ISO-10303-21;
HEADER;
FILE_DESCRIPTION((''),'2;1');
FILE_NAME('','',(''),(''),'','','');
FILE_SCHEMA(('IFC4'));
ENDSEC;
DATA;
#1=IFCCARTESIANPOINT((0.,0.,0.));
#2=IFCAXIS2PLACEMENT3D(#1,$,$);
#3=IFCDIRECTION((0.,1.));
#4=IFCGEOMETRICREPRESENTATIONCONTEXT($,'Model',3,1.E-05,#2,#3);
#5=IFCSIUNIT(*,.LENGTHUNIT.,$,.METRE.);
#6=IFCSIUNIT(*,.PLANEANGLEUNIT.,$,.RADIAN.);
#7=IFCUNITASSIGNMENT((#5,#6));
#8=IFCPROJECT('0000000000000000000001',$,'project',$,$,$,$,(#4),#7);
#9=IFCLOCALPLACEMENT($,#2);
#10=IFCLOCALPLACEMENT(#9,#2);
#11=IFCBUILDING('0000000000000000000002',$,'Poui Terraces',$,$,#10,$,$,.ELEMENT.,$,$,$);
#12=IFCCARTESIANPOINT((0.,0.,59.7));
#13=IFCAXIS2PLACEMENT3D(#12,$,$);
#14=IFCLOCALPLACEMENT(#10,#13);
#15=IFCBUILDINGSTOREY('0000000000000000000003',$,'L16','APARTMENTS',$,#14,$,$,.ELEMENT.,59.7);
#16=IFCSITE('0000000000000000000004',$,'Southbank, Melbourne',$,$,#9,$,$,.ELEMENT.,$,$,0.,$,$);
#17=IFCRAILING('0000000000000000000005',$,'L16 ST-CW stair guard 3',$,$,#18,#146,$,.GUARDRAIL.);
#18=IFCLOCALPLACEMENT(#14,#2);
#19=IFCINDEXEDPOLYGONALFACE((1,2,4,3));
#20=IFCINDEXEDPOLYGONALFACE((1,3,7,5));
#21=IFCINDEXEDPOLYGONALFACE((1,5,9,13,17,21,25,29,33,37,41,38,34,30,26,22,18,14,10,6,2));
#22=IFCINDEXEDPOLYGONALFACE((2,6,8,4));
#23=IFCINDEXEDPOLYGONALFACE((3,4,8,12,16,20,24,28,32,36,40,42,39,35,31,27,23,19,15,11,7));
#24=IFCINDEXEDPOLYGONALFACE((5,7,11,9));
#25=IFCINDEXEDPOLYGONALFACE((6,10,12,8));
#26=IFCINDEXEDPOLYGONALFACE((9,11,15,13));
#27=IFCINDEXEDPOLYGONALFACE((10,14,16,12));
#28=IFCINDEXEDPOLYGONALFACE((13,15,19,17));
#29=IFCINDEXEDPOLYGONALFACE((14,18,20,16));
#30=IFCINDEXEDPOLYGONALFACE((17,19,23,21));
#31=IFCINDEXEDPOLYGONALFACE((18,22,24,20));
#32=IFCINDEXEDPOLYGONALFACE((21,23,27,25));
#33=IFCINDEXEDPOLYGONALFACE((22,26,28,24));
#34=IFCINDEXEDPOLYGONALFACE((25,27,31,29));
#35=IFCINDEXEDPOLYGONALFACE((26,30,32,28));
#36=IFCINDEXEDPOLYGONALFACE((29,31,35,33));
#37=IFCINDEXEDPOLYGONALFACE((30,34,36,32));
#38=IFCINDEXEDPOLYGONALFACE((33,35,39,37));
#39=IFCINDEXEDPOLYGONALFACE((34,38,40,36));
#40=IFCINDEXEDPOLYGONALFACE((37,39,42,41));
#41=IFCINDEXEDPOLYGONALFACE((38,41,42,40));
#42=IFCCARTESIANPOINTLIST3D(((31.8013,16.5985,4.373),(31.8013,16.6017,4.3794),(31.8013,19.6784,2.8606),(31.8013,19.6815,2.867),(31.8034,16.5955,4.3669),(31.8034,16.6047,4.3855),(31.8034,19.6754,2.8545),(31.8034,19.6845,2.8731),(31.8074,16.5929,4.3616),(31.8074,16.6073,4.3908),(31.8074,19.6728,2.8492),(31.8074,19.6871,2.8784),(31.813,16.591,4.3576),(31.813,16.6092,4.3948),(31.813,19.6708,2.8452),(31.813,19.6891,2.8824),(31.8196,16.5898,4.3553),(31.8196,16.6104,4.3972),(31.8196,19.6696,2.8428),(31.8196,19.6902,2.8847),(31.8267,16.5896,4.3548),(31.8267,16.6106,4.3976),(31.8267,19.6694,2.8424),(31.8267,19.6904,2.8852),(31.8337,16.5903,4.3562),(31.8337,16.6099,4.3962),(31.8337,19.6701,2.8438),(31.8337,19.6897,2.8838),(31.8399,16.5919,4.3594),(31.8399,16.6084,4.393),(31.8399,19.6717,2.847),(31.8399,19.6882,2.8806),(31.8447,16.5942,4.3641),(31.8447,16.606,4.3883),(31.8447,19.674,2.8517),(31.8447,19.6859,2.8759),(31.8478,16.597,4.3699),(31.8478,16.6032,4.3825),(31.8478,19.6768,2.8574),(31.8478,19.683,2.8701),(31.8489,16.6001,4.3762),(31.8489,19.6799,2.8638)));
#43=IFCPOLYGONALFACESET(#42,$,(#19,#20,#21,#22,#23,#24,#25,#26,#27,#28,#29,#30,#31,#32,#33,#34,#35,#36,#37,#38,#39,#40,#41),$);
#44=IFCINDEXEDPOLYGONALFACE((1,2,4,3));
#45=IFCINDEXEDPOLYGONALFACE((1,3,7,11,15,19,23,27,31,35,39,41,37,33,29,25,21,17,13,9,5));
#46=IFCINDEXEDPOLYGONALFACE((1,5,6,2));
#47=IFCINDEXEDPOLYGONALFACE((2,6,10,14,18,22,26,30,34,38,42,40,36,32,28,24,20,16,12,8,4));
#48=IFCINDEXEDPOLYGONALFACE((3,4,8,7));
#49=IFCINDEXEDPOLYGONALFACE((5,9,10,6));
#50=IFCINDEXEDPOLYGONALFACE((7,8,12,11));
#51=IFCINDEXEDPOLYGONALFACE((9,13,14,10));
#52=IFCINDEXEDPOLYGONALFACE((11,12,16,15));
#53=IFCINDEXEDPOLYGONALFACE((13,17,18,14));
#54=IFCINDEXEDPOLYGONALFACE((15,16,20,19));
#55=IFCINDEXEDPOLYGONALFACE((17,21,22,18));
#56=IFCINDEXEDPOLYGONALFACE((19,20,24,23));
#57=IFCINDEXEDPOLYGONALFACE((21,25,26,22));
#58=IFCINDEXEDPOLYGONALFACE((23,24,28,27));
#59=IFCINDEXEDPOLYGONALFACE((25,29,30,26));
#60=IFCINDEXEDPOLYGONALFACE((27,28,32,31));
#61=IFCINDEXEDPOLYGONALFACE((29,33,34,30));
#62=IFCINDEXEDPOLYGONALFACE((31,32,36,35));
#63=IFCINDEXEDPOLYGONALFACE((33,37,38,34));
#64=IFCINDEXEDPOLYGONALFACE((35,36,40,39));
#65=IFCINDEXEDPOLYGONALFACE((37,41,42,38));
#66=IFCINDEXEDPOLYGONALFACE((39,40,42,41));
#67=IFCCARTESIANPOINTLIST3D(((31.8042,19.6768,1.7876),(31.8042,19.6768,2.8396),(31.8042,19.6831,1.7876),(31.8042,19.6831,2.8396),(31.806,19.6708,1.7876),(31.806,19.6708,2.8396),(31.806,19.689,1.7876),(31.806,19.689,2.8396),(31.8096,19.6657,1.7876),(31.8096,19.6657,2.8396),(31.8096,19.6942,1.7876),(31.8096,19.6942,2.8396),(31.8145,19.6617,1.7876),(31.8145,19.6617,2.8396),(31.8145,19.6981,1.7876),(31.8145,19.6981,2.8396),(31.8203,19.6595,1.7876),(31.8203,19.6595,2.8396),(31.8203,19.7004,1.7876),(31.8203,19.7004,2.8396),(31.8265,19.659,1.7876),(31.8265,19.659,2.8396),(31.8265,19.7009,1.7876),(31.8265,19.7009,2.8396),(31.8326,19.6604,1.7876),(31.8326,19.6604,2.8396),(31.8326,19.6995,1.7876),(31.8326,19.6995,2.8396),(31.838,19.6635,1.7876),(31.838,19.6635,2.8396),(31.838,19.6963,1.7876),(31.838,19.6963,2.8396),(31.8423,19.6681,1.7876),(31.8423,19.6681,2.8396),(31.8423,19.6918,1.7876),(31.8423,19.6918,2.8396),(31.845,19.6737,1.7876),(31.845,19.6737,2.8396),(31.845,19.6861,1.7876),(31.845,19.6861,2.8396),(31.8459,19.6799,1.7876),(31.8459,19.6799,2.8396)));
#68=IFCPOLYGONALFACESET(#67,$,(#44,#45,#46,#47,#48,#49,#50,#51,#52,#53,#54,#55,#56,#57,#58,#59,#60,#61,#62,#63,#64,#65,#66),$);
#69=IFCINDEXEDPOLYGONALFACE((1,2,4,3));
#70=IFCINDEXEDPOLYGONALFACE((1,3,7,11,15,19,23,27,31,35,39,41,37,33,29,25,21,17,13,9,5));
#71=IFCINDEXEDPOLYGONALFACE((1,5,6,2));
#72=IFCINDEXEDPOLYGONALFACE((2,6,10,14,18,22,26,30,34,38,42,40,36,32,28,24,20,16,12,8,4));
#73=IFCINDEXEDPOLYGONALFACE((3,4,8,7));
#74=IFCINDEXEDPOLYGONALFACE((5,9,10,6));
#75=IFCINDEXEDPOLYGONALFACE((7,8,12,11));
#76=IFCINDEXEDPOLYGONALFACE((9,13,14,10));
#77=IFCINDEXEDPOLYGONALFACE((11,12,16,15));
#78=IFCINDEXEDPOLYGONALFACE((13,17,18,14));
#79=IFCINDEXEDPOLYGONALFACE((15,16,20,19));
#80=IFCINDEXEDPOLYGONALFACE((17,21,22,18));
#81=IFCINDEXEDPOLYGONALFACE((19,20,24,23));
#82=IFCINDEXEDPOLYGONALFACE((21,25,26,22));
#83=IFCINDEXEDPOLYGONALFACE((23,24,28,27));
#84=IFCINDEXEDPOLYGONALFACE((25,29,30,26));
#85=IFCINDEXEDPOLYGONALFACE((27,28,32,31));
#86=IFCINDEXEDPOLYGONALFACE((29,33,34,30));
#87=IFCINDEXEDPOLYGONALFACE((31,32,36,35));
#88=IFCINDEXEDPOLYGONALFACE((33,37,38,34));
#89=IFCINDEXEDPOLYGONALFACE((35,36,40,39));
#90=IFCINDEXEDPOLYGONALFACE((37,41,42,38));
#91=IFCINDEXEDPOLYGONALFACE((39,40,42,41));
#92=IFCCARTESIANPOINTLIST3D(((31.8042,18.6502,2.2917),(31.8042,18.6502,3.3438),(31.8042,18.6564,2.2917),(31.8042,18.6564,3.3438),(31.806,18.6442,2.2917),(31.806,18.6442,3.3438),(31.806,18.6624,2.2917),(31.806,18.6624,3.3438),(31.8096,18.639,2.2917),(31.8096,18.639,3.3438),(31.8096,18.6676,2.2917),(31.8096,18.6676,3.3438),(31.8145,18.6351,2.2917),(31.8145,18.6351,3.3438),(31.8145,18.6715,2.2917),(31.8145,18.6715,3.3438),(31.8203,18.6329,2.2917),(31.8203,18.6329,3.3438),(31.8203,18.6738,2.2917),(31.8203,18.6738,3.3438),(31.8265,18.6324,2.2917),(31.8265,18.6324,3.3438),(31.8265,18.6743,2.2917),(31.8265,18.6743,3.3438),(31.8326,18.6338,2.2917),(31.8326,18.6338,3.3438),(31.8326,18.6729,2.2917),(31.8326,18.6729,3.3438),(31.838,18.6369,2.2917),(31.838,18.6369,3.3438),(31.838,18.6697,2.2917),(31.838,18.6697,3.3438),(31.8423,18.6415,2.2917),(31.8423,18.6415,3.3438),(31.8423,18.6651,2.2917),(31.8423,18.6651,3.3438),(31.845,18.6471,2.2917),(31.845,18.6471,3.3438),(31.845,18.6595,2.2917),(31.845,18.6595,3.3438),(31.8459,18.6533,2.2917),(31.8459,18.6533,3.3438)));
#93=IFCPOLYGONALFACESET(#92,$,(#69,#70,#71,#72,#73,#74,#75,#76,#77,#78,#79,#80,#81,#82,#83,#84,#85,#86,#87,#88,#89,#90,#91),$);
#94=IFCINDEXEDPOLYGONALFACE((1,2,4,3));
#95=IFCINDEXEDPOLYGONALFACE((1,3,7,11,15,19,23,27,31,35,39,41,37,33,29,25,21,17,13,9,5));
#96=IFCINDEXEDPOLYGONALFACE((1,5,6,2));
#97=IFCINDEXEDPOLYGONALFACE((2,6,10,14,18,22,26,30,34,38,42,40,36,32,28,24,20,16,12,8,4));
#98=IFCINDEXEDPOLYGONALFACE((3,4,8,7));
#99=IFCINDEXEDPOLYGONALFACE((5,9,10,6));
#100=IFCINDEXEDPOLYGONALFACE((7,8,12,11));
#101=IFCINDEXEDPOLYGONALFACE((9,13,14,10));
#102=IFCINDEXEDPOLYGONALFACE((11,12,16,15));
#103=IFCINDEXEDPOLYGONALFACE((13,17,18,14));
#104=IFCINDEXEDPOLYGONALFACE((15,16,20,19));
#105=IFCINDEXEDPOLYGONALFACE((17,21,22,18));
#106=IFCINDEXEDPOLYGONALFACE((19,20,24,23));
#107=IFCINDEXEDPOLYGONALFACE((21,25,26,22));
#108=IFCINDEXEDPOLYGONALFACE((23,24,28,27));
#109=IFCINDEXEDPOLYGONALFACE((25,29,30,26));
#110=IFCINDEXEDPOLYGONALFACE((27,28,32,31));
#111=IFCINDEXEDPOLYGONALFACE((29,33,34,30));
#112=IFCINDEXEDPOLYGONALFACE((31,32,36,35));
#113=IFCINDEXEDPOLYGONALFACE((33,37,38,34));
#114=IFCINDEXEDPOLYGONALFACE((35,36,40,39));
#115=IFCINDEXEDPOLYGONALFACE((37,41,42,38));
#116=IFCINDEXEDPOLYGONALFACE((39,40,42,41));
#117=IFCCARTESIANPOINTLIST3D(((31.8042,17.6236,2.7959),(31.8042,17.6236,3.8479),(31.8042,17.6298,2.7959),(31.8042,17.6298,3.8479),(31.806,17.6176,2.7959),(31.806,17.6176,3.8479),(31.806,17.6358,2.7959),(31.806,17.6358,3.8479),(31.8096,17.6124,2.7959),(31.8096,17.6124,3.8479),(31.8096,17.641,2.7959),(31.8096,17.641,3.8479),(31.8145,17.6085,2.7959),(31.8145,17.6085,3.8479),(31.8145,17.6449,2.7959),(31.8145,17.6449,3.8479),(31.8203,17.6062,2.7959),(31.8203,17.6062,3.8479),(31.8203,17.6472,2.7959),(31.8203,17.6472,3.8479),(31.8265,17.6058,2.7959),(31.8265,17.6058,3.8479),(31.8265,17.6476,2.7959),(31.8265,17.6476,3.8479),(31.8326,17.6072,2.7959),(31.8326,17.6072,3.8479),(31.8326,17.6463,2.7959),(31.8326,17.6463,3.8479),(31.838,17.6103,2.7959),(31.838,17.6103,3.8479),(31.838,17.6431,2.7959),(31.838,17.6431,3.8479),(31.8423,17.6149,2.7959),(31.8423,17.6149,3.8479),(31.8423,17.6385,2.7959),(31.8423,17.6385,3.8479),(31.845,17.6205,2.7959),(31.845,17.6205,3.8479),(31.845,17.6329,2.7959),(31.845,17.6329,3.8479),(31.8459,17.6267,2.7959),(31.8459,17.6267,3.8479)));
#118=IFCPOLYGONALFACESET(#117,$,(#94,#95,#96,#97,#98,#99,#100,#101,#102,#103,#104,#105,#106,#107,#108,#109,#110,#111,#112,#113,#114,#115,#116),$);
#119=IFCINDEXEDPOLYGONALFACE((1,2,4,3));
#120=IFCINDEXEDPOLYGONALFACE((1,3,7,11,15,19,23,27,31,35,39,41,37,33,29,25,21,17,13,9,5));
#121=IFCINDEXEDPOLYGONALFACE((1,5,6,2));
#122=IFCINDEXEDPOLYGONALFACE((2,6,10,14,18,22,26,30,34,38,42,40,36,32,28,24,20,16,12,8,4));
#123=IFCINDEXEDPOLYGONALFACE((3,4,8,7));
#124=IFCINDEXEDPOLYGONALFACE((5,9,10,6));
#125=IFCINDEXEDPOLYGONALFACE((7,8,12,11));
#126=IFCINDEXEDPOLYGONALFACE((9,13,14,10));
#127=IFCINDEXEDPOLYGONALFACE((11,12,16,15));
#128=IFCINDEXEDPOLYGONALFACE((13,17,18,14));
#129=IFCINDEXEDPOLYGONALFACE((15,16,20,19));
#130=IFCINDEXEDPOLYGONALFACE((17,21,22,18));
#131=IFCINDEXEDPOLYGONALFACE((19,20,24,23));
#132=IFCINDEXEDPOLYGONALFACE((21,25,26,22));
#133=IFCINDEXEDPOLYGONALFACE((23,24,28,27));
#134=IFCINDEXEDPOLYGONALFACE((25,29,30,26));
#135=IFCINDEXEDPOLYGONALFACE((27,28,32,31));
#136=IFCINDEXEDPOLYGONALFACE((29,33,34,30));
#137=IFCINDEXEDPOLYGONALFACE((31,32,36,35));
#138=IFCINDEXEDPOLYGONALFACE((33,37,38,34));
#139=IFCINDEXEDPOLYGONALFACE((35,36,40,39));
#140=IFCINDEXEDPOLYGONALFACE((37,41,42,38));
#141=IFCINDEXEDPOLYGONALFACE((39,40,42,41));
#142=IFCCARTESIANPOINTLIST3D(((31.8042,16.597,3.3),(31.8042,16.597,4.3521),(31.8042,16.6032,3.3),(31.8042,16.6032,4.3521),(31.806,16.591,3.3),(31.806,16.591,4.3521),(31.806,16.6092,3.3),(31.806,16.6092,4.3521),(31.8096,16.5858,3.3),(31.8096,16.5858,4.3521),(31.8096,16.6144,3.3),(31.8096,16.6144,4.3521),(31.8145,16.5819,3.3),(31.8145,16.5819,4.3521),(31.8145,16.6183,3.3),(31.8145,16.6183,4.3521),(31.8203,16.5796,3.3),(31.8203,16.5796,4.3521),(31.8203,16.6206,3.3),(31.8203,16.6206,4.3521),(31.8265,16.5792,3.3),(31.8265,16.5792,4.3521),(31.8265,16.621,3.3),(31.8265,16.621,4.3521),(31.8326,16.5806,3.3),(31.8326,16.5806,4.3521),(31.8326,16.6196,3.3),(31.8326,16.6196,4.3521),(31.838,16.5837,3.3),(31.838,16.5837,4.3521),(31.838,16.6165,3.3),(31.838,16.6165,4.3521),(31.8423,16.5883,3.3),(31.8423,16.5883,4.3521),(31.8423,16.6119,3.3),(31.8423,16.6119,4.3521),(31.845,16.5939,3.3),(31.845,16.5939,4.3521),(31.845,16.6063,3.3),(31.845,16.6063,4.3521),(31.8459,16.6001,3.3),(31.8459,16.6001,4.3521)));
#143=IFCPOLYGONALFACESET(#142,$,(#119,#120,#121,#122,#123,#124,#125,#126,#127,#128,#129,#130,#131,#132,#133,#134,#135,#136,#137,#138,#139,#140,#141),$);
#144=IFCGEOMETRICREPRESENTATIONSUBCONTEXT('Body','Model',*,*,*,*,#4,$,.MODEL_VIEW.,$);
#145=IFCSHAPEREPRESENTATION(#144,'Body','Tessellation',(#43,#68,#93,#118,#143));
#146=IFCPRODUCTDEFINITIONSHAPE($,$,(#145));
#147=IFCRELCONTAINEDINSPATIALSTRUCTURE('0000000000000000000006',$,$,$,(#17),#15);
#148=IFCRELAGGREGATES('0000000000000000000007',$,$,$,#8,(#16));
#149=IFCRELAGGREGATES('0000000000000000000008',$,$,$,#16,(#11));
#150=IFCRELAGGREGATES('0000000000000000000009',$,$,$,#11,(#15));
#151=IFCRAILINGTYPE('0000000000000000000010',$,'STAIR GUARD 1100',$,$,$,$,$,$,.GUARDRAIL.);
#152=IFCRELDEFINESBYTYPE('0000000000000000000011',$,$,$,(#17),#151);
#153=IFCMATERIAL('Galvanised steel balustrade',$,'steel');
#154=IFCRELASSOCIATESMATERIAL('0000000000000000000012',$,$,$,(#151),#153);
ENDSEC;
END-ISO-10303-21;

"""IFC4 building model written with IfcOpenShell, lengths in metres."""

from ifc_helpers import new_model, si_unit, direction, frame, origin, origin_2d, place, context, subcontext, project, spatial, circle, extrude, material, type_object, element, save


model = new_model("IFC4")

# Units and contexts
model_context = context("Model", 3, precision=1e-05, world=origin(), true_north=direction((0.0, 1.0)))
body_context = subcontext(model_context, "Body", "Model", "MODEL_VIEW")
ifc_project = project(units=[si_unit("LENGTHUNIT", "METRE"), si_unit("PLANEANGLEUNIT", "RADIAN")], contexts=[model_context])

# Site, building, storey
site_placement = place(None, origin())
site = spatial("IfcSite", under=ifc_project, at=site_placement, Name="Southbank, Melbourne", CompositionType="ELEMENT", RefElevation=0.0)
building_placement = place(site_placement, origin())
building = spatial("IfcBuilding", under=site, at=building_placement, Name="Poui Terraces", CompositionType="ELEMENT")
storey_placement = place(building_placement, frame((0.0, 0.0, 59.7)))
storey = spatial("IfcBuildingStorey", under=building, at=storey_placement, Name="L16", Description="APARTMENTS", CompositionType="ELEMENT", Elevation=59.7)

# Railing
ifc_material_1 = material(Name="Galvanised steel balustrade", Category="steel")
railing_type_1 = type_object("IfcRailingType", Name="STAIR GUARD 1100", PredefinedType="GUARDRAIL", material=ifc_material_1)
railing_1_placement = place(storey_placement, frame((31.825, 19.6799, 1.7876)))
element("IfcRailing", 1, at=railing_1_placement, inside=storey, type_object=railing_type_1, Name="L16 ST-CW stair guard 3", PredefinedType="GUARDRAIL", context=body_context, shape_type="SweptSolid", body=[
    extrude(circle(Radius=0.0239, at=origin_2d()), frame((0.0, 0.0, 1.0762), z_axis=(0.0, -0.897606, 0.440798), x_axis=(1.0, 0.0, 0.0)), (0.0, 0.0, 1.0), 3.4312),
    extrude(circle(Radius=0.021, at=origin_2d()), origin(), (0.0, 0.0, 1.0), 1.052),
    extrude(circle(Radius=0.021, at=origin_2d()), frame((0.0, -1.0266, 0.5042)), (0.0, 0.0, 1.0), 1.052),
    extrude(circle(Radius=0.021, at=origin_2d()), frame((0.0, -2.0532, 1.0083)), (0.0, 0.0, 1.0), 1.052),
    extrude(circle(Radius=0.021, at=origin_2d()), frame((0.0, -3.0798, 1.5125)), (0.0, 0.0, 1.0), 1.052),
])

save(model, "model.ifc")
